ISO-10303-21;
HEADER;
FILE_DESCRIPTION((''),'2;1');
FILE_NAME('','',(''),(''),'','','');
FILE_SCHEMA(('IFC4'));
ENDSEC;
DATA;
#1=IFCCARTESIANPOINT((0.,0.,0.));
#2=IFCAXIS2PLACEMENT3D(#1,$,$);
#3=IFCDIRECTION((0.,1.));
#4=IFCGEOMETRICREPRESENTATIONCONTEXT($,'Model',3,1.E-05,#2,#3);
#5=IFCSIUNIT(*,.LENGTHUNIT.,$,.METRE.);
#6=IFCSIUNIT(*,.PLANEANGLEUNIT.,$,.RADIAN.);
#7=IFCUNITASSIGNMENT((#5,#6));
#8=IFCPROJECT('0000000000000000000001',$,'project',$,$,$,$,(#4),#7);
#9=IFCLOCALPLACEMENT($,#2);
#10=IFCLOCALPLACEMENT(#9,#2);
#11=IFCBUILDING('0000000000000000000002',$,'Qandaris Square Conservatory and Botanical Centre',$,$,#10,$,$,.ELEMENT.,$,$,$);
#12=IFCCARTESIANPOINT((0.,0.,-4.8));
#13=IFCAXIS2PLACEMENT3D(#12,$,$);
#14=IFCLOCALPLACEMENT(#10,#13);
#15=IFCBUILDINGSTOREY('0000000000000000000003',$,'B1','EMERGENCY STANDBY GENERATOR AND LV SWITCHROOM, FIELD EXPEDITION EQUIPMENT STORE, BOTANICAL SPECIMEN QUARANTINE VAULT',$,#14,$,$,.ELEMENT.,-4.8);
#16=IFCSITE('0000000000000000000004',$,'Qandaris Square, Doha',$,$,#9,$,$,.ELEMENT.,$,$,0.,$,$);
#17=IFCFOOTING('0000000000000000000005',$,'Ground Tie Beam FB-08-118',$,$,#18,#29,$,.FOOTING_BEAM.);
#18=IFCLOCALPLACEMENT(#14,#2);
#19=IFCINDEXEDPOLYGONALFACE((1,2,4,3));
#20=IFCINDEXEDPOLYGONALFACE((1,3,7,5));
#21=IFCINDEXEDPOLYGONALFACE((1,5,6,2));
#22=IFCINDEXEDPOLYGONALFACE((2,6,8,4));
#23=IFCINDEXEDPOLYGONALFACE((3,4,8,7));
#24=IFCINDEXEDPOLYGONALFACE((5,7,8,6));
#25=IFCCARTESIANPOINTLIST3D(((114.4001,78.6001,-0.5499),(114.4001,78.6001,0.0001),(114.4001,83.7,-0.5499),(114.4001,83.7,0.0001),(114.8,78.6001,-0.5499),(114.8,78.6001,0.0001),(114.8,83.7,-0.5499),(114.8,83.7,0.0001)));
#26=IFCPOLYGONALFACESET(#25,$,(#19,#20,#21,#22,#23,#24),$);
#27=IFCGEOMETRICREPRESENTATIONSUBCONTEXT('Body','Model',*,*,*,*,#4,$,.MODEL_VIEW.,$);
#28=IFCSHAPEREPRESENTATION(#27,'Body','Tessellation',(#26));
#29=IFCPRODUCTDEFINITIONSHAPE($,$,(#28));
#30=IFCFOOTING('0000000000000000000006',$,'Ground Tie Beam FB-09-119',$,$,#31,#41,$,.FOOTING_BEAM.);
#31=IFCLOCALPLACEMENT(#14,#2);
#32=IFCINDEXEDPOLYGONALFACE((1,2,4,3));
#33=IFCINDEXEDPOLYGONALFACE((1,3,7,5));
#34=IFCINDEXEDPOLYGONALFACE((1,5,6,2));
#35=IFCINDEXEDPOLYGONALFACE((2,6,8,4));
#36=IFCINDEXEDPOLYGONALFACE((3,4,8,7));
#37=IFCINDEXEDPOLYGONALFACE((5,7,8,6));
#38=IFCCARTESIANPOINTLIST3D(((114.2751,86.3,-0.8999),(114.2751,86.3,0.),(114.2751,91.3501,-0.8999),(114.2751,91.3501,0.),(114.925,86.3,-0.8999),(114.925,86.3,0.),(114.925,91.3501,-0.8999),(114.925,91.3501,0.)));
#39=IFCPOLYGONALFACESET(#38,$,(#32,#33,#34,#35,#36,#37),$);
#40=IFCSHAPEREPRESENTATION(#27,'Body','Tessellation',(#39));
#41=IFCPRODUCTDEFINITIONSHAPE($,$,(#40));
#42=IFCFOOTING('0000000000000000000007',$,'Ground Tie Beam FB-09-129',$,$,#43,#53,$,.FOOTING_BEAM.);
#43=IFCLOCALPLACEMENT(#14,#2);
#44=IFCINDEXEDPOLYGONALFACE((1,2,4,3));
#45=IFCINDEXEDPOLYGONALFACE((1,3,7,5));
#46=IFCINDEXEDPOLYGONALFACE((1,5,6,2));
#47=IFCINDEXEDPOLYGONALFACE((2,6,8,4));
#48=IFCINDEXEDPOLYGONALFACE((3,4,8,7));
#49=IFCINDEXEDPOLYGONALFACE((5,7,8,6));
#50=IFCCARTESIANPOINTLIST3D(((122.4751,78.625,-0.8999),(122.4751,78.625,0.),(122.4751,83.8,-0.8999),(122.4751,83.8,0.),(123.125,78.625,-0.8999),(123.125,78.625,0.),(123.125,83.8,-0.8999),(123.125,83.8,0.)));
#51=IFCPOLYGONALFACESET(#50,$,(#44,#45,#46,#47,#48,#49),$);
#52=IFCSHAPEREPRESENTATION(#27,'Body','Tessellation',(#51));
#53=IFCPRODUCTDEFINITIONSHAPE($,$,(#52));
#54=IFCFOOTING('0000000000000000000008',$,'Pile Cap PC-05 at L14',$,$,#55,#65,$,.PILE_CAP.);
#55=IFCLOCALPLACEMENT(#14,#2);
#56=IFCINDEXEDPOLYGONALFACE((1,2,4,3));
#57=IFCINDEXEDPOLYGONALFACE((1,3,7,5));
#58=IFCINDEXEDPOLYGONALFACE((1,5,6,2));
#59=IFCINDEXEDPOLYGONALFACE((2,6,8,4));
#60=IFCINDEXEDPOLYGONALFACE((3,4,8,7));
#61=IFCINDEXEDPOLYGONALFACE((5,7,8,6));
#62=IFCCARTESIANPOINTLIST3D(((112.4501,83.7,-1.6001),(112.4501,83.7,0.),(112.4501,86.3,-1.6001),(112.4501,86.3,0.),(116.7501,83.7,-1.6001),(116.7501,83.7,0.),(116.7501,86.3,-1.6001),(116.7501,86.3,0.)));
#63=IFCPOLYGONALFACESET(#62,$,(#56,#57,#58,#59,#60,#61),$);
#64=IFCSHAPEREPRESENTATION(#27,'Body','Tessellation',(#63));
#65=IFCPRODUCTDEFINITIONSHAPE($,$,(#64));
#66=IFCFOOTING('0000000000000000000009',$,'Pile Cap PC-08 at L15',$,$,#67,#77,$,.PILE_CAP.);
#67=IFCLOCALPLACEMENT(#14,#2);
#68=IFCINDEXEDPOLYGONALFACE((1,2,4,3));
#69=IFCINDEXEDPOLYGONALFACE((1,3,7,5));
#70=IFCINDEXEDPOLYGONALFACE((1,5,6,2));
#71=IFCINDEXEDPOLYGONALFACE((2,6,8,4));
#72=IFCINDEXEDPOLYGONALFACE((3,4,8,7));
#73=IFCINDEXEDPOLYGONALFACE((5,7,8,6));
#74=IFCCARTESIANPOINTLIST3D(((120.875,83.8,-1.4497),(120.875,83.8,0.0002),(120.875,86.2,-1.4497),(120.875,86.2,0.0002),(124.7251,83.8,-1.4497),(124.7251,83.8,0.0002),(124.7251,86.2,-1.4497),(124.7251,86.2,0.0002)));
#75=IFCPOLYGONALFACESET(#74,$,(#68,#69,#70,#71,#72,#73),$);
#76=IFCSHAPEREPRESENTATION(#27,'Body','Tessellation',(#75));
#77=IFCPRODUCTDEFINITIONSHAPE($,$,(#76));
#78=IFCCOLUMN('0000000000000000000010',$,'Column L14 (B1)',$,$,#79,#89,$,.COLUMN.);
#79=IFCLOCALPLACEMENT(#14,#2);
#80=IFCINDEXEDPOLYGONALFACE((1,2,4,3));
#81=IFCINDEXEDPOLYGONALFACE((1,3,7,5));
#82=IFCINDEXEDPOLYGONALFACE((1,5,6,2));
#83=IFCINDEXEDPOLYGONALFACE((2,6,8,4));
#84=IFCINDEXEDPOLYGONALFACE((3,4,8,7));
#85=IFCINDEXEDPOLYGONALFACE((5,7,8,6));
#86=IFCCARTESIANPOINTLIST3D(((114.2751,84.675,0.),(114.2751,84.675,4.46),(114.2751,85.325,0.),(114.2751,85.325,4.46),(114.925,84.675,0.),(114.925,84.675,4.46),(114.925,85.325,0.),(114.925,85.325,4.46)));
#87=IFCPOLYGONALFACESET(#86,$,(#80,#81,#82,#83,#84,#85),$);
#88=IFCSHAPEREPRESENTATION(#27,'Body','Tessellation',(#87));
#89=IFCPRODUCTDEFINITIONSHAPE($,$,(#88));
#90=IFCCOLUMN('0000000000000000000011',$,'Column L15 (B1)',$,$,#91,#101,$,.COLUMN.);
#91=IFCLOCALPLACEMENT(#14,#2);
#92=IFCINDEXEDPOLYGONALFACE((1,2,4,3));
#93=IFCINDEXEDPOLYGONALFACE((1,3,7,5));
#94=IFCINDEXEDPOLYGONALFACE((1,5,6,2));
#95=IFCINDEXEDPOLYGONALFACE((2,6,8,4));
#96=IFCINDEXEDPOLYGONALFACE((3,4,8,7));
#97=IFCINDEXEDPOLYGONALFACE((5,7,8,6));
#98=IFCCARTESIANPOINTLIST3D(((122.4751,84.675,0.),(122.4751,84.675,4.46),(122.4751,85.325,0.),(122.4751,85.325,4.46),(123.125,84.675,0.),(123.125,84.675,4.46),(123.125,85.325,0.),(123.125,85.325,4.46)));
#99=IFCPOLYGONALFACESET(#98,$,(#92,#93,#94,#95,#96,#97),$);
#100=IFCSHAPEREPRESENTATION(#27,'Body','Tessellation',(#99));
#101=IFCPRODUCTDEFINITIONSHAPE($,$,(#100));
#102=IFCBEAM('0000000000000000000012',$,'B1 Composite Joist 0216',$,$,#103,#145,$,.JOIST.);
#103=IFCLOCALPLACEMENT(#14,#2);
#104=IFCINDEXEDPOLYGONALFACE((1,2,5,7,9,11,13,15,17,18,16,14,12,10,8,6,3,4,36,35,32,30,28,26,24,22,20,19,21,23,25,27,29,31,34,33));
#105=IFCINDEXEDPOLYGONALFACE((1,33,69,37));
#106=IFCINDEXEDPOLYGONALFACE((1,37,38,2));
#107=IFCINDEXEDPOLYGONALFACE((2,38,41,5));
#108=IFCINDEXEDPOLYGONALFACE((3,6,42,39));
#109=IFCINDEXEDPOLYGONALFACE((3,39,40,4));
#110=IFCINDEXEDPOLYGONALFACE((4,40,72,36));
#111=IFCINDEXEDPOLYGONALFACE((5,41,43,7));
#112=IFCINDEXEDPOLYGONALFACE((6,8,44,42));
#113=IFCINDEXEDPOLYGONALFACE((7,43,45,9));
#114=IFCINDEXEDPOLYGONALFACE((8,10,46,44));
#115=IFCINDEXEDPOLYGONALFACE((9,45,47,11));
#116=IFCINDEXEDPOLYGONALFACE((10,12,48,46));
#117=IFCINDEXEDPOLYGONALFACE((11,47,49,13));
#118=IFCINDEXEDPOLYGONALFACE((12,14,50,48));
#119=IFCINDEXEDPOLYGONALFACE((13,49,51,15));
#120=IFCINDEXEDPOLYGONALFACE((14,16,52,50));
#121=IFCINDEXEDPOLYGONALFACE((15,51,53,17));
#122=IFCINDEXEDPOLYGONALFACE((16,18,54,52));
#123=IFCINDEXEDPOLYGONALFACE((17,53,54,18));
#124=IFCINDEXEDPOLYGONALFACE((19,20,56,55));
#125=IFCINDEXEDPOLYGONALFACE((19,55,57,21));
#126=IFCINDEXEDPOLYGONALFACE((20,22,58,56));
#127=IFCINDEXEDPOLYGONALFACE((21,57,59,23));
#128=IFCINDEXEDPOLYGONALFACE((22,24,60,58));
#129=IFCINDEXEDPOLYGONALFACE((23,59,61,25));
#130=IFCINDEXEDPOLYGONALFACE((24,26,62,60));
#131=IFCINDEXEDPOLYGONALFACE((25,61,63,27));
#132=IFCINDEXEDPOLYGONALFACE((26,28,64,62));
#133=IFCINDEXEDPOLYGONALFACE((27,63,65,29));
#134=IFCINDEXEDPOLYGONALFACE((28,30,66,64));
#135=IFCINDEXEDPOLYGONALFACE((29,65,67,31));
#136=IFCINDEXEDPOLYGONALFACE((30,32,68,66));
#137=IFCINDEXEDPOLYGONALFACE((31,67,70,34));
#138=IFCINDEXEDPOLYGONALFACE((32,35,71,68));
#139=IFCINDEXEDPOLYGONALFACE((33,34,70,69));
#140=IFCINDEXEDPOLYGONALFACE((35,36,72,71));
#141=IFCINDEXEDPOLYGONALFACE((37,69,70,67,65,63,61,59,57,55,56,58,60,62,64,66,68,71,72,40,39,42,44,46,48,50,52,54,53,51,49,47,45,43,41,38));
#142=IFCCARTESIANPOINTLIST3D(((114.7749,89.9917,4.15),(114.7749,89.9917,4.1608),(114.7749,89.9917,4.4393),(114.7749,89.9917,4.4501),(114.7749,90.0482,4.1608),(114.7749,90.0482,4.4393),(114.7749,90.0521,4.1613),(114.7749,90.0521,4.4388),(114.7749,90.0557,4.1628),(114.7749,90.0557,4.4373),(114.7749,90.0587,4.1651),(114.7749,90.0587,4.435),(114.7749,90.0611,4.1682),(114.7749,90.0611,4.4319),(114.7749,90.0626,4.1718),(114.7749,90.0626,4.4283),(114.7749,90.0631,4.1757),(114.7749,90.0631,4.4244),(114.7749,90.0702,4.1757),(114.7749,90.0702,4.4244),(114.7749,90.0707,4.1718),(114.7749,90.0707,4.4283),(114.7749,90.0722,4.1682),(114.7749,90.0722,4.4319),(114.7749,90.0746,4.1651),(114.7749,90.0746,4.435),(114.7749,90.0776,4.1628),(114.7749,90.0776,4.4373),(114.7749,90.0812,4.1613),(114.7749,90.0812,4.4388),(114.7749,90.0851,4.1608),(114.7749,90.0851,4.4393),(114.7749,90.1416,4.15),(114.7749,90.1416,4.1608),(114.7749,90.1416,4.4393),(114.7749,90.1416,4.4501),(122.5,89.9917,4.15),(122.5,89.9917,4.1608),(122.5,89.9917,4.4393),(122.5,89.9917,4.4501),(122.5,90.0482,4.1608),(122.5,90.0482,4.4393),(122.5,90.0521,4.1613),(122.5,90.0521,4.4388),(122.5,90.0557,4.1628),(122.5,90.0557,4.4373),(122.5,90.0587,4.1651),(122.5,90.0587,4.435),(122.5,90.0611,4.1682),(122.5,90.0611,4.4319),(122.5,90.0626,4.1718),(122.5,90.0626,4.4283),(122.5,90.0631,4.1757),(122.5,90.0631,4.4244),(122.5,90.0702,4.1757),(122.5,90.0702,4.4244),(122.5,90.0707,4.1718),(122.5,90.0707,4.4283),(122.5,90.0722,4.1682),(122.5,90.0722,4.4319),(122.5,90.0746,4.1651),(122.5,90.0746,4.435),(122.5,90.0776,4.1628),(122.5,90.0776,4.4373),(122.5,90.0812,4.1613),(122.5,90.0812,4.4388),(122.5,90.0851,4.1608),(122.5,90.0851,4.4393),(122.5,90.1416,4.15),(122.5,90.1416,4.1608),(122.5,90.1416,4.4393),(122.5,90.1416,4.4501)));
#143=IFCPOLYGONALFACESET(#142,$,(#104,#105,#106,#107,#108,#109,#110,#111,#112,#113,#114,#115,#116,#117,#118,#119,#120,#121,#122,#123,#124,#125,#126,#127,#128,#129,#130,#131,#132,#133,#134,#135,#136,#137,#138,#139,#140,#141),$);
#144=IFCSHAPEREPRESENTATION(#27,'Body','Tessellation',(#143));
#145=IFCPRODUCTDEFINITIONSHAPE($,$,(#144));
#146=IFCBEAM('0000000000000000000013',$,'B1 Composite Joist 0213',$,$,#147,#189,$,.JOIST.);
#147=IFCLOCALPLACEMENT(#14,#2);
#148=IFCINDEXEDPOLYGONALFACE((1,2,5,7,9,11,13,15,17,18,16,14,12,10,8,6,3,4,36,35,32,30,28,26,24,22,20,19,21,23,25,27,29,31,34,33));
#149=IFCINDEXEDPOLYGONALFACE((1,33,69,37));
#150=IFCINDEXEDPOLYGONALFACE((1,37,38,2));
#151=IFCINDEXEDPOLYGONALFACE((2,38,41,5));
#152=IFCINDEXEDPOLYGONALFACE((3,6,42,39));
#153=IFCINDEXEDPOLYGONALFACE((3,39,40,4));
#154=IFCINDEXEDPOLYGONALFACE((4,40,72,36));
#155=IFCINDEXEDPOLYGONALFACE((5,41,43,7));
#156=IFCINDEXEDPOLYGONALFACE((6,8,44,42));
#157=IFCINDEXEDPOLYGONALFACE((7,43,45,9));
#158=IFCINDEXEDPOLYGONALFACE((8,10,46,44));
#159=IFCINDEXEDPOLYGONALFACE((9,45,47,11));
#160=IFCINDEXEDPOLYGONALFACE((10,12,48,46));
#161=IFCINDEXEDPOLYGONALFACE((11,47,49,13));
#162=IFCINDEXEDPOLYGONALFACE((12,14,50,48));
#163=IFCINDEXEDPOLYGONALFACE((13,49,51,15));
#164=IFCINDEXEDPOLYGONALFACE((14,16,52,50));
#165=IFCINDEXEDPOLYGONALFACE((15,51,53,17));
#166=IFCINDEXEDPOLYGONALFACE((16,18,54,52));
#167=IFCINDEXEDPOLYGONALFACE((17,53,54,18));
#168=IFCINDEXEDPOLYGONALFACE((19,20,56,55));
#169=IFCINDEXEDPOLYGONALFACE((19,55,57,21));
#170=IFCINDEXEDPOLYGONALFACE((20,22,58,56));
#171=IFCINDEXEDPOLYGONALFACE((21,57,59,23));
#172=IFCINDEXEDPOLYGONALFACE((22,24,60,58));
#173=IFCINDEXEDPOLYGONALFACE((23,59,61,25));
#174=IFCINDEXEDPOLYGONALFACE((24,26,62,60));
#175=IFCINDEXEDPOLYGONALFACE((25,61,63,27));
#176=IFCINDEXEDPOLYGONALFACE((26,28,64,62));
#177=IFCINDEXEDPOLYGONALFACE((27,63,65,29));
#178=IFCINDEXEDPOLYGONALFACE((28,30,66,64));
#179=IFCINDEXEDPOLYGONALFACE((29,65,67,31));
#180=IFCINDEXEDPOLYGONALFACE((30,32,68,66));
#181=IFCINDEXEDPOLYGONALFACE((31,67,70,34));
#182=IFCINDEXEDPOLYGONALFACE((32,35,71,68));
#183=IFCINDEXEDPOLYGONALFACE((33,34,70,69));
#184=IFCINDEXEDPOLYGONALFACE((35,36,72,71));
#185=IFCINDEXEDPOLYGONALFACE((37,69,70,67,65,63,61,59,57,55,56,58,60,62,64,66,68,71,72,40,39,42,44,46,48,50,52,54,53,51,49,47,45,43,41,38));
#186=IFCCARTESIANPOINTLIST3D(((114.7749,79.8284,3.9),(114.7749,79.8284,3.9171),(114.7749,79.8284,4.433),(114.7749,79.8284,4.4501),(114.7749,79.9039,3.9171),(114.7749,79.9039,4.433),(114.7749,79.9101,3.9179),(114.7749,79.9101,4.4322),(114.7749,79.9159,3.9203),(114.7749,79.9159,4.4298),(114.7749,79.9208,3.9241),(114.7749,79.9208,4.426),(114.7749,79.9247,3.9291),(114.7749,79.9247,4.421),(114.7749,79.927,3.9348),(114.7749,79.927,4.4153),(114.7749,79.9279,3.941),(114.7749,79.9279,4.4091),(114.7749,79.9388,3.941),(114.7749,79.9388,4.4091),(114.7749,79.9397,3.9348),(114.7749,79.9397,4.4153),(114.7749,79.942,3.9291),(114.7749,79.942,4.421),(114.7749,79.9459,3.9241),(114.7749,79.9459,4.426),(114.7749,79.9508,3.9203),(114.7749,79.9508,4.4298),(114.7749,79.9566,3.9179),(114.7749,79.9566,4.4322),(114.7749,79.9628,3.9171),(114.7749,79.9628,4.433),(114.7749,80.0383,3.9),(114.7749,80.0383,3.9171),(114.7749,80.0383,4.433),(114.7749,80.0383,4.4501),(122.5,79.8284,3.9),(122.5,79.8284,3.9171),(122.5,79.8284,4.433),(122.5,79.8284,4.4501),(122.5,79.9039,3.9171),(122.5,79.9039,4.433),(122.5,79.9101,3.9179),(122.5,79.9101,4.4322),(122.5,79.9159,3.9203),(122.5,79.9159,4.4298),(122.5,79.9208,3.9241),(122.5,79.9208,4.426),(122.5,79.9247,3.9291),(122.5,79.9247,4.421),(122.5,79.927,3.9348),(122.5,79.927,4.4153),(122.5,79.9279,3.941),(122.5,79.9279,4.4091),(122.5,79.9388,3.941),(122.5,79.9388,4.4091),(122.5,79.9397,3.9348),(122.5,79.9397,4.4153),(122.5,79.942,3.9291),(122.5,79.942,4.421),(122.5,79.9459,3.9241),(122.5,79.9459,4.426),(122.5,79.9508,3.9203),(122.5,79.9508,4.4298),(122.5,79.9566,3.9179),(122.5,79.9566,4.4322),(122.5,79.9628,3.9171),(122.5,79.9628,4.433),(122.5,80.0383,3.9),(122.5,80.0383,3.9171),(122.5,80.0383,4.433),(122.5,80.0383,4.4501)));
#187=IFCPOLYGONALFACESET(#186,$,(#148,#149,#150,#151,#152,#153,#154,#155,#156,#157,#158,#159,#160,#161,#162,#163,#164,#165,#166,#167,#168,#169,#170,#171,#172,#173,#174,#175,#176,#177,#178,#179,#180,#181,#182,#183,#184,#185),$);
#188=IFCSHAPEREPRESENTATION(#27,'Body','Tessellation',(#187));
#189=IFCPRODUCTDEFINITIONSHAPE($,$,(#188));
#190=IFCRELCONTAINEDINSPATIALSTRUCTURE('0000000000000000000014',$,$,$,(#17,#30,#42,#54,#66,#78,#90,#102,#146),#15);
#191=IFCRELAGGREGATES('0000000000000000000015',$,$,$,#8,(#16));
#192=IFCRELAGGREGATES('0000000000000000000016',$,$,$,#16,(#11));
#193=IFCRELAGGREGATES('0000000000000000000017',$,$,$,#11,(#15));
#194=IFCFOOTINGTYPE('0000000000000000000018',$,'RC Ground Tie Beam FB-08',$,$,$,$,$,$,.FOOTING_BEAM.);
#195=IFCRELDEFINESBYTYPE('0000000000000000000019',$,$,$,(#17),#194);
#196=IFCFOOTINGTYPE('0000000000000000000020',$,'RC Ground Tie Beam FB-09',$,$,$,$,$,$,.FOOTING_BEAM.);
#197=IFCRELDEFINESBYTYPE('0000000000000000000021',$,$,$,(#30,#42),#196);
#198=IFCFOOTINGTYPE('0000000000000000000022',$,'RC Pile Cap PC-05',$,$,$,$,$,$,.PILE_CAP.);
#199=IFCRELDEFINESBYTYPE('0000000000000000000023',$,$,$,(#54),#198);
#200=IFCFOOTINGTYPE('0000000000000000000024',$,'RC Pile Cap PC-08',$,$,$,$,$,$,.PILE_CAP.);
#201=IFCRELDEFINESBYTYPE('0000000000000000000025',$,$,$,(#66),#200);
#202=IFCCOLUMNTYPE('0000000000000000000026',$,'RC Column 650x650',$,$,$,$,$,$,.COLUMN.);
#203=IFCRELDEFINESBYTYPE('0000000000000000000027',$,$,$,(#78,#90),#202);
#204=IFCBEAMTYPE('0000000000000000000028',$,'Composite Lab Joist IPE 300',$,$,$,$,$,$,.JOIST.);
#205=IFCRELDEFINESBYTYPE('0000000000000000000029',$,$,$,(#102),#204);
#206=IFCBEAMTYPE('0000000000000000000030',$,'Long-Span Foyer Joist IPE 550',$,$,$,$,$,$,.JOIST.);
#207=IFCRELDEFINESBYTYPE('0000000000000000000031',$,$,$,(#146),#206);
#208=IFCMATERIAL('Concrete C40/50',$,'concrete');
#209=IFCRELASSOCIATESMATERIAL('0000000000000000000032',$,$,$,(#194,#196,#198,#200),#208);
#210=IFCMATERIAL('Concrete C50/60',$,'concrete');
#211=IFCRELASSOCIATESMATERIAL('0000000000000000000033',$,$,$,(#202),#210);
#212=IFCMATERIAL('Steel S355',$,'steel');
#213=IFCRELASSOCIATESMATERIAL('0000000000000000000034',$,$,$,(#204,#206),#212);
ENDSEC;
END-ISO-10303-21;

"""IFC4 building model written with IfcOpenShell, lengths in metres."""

from ifc_helpers import new_model, si_unit, direction, frame, origin, origin_2d, place, context, subcontext, project, spatial, rectangle, i_section, extrude, material, material_profile, profile_set, type_object, element, save


model = new_model("IFC4")

# Units and contexts
model_context = context("Model", 3, precision=1e-05, world=origin(), true_north=direction((0.0, 1.0)))
body_context = subcontext(model_context, "Body", "Model", "MODEL_VIEW")
ifc_project = project(units=[si_unit("LENGTHUNIT", "METRE"), si_unit("PLANEANGLEUNIT", "RADIAN")], contexts=[model_context])

# Site, building, storey
site_placement = place(None, origin())
site = spatial("IfcSite", under=ifc_project, at=site_placement, Name="Qandaris Square, Doha", CompositionType="ELEMENT", RefElevation=0.0)
building_placement = place(site_placement, origin())
building = spatial("IfcBuilding", under=site, at=building_placement, Name="Qandaris Square Conservatory and Botanical Centre", CompositionType="ELEMENT")
storey_placement = place(building_placement, frame((0.0, 0.0, -4.8)))
storey = spatial("IfcBuildingStorey", under=building, at=storey_placement, Name="B1", Description="EMERGENCY STANDBY GENERATOR AND LV SWITCHROOM, FIELD EXPEDITION EQUIPMENT STORE, BOTANICAL SPECIMEN QUARANTINE VAULT", CompositionType="ELEMENT", Elevation=-4.8)

# Shared definitions
ifc_material_1 = material(Name="Concrete C50/60", Category="concrete")

# Footings
ifc_material_2 = material(Name="Concrete C40/50", Category="concrete")
ifc_material_profile_1 = material_profile(ifc_material_2, rectangle(XDim=0.3999, YDim=0.55, at=origin_2d()), Name="FB 400x550")
ifc_profile_set_1 = profile_set([ifc_material_profile_1], Name="Concrete C40/50")
footing_type_1 = type_object("IfcFootingType", Name="RC Ground Tie Beam FB-08", PredefinedType="FOOTING_BEAM", material=ifc_profile_set_1)
footing_1_placement = place(storey_placement, frame((114.6001, 78.6001, -0.2749), z_axis=(0.0, 1.0, 0.0), x_axis=(-1.0, 0.0, 0.0)))
element("IfcFooting", 1, at=footing_1_placement, inside=storey, type_object=footing_type_1, Name="Ground Tie Beam FB-08-118", PredefinedType="FOOTING_BEAM", context=body_context, shape_type="SweptSolid", body=[
    extrude(rectangle(XDim=0.3999, YDim=0.55, at=origin_2d()), origin(), (0.0, 0.0, 1.0), 5.0999),
])
ifc_material_profile_2 = material_profile(ifc_material_2, rectangle(XDim=0.6499, YDim=0.8999, at=origin_2d()), Name="FB 650x900")
ifc_profile_set_2 = profile_set([ifc_material_profile_2], Name="Concrete C40/50")
footing_type_2 = type_object("IfcFootingType", Name="RC Ground Tie Beam FB-09", PredefinedType="FOOTING_BEAM", material=ifc_profile_set_2)
footing_2_placement = place(storey_placement, frame((114.6001, 86.3, -0.45), z_axis=(0.0, 1.0, 0.0), x_axis=(-1.0, 0.0, 0.0)))
element("IfcFooting", 2, at=footing_2_placement, inside=storey, type_object=footing_type_2, Name="Ground Tie Beam FB-09-119", PredefinedType="FOOTING_BEAM", context=body_context, shape_type="SweptSolid", body=[
    extrude(rectangle(XDim=0.6499, YDim=0.8999, at=origin_2d()), origin(), (0.0, 0.0, 1.0), 5.05),
])
footing_3_placement = place(storey_placement, frame((122.8, 78.625, -0.45), z_axis=(0.0, 1.0, 0.0), x_axis=(-1.0, 0.0, 0.0)))
element("IfcFooting", 3, at=footing_3_placement, inside=storey, type_object=footing_type_2, Name="Ground Tie Beam FB-09-129", PredefinedType="FOOTING_BEAM", context=body_context, shape_type="SweptSolid", body=[
    extrude(rectangle(XDim=0.6499, YDim=0.8999, at=origin_2d()), origin(), (0.0, 0.0, 1.0), 5.175),
])
footing_type_3 = type_object("IfcFootingType", Name="RC Pile Cap PC-05", PredefinedType="PILE_CAP", material=ifc_material_2)
footing_4_placement = place(storey_placement, frame((114.6001, 85.0, -1.6001), z_axis=(0.0, 0.0, 1.0), x_axis=(1.0, 0.0, 0.0)))
element("IfcFooting", 4, at=footing_4_placement, inside=storey, type_object=footing_type_3, Name="Pile Cap PC-05 at L14", PredefinedType="PILE_CAP", context=body_context, shape_type="SweptSolid", body=[
    extrude(rectangle(XDim=4.3, YDim=2.6001, at=origin_2d()), origin(), (0.0, 0.0, 1.0), 1.6001),
])
footing_type_4 = type_object("IfcFootingType", Name="RC Pile Cap PC-08", PredefinedType="PILE_CAP", material=ifc_material_2)
footing_5_placement = place(storey_placement, frame((122.8, 85.0, -1.4497), z_axis=(0.0, 0.0, 1.0), x_axis=(1.0, 0.0, 0.0)))
element("IfcFooting", 5, at=footing_5_placement, inside=storey, type_object=footing_type_4, Name="Pile Cap PC-08 at L15", PredefinedType="PILE_CAP", context=body_context, shape_type="SweptSolid", body=[
    extrude(rectangle(XDim=3.8501, YDim=2.3999, at=origin_2d()), origin(), (0.0, 0.0, 1.0), 1.45),
])

# Columns
ifc_material_profile_3 = material_profile(ifc_material_1, rectangle(XDim=0.6499, YDim=0.6499, at=origin_2d()), Name="RC-COL 650x650")
ifc_profile_set_3 = profile_set([ifc_material_profile_3], Name="Concrete C50/60")
column_type = type_object("IfcColumnType", Name="RC Column 650x650", PredefinedType="COLUMN", material=ifc_profile_set_3)
for number, where, z_axis, x_axis, name in (
    (6, (114.6001, 85.0, 0.0), (0.0, 0.0, 1.0), (1.0, 0.0, 0.0), "Column L14 (B1)"),
    (7, (122.8, 85.0, 0.0), (0.0, 0.0, 1.0), (1.0, 0.0, 0.0), "Column L15 (B1)"),
):
    element("IfcColumn", number, at=place(storey_placement, frame(where, z_axis=z_axis, x_axis=x_axis)), inside=storey, type_object=column_type, Name=name, PredefinedType="COLUMN", context=body_context, shape_type="SweptSolid", body=[
        extrude(rectangle(XDim=0.6499, YDim=0.6499, at=origin_2d()), origin(), (0.0, 0.0, 1.0), 4.46),
    ])

# Beams
ifc_material_3 = material(Name="Steel S355", Category="steel")
ifc_material_profile_4 = material_profile(ifc_material_3, i_section(OverallWidth=0.1499, OverallDepth=0.3, WebThickness=0.0071, FlangeThickness=0.0107, FilletRadius=0.0149, at=origin_2d()), Name="IPE 300")
ifc_profile_set_4 = profile_set([ifc_material_profile_4], Name="Steel S355")
beam_type_1 = type_object("IfcBeamType", Name="Composite Lab Joist IPE 300", PredefinedType="JOIST", material=ifc_profile_set_4)
beam_1_placement = place(storey_placement, frame((114.7749, 90.0667, 4.3), z_axis=(1.0, 0.0, 0.0), x_axis=(0.0, 1.0, 0.0)))
element("IfcBeam", 8, at=beam_1_placement, inside=storey, type_object=beam_type_1, Name="B1 Composite Joist 0216", PredefinedType="JOIST", context=body_context, shape_type="SweptSolid", body=[
    extrude(i_section(OverallWidth=0.1499, OverallDepth=0.3, WebThickness=0.0071, FlangeThickness=0.0107, FilletRadius=0.0149, at=origin_2d()), origin(), (0.0, 0.0, 1.0), 7.7251),
])
ifc_material_profile_5 = material_profile(ifc_material_3, i_section(OverallWidth=0.21, OverallDepth=0.55, WebThickness=0.011, FlangeThickness=0.0171, FilletRadius=0.0239, at=origin_2d()), Name="IPE 550")
ifc_profile_set_5 = profile_set([ifc_material_profile_5], Name="Steel S355")
beam_type_2 = type_object("IfcBeamType", Name="Long-Span Foyer Joist IPE 550", PredefinedType="JOIST", material=ifc_profile_set_5)
beam_2_placement = place(storey_placement, frame((114.7749, 79.9333, 4.175), z_axis=(1.0, 0.0, 0.0), x_axis=(0.0, 1.0, 0.0)))
element("IfcBeam", 9, at=beam_2_placement, inside=storey, type_object=beam_type_2, Name="B1 Composite Joist 0213", PredefinedType="JOIST", context=body_context, shape_type="SweptSolid", body=[
    extrude(i_section(OverallWidth=0.21, OverallDepth=0.55, WebThickness=0.011, FlangeThickness=0.0171, FilletRadius=0.0239, at=origin_2d()), origin(), (0.0, 0.0, 1.0), 7.7251),
])

save(model, "model.ifc")
